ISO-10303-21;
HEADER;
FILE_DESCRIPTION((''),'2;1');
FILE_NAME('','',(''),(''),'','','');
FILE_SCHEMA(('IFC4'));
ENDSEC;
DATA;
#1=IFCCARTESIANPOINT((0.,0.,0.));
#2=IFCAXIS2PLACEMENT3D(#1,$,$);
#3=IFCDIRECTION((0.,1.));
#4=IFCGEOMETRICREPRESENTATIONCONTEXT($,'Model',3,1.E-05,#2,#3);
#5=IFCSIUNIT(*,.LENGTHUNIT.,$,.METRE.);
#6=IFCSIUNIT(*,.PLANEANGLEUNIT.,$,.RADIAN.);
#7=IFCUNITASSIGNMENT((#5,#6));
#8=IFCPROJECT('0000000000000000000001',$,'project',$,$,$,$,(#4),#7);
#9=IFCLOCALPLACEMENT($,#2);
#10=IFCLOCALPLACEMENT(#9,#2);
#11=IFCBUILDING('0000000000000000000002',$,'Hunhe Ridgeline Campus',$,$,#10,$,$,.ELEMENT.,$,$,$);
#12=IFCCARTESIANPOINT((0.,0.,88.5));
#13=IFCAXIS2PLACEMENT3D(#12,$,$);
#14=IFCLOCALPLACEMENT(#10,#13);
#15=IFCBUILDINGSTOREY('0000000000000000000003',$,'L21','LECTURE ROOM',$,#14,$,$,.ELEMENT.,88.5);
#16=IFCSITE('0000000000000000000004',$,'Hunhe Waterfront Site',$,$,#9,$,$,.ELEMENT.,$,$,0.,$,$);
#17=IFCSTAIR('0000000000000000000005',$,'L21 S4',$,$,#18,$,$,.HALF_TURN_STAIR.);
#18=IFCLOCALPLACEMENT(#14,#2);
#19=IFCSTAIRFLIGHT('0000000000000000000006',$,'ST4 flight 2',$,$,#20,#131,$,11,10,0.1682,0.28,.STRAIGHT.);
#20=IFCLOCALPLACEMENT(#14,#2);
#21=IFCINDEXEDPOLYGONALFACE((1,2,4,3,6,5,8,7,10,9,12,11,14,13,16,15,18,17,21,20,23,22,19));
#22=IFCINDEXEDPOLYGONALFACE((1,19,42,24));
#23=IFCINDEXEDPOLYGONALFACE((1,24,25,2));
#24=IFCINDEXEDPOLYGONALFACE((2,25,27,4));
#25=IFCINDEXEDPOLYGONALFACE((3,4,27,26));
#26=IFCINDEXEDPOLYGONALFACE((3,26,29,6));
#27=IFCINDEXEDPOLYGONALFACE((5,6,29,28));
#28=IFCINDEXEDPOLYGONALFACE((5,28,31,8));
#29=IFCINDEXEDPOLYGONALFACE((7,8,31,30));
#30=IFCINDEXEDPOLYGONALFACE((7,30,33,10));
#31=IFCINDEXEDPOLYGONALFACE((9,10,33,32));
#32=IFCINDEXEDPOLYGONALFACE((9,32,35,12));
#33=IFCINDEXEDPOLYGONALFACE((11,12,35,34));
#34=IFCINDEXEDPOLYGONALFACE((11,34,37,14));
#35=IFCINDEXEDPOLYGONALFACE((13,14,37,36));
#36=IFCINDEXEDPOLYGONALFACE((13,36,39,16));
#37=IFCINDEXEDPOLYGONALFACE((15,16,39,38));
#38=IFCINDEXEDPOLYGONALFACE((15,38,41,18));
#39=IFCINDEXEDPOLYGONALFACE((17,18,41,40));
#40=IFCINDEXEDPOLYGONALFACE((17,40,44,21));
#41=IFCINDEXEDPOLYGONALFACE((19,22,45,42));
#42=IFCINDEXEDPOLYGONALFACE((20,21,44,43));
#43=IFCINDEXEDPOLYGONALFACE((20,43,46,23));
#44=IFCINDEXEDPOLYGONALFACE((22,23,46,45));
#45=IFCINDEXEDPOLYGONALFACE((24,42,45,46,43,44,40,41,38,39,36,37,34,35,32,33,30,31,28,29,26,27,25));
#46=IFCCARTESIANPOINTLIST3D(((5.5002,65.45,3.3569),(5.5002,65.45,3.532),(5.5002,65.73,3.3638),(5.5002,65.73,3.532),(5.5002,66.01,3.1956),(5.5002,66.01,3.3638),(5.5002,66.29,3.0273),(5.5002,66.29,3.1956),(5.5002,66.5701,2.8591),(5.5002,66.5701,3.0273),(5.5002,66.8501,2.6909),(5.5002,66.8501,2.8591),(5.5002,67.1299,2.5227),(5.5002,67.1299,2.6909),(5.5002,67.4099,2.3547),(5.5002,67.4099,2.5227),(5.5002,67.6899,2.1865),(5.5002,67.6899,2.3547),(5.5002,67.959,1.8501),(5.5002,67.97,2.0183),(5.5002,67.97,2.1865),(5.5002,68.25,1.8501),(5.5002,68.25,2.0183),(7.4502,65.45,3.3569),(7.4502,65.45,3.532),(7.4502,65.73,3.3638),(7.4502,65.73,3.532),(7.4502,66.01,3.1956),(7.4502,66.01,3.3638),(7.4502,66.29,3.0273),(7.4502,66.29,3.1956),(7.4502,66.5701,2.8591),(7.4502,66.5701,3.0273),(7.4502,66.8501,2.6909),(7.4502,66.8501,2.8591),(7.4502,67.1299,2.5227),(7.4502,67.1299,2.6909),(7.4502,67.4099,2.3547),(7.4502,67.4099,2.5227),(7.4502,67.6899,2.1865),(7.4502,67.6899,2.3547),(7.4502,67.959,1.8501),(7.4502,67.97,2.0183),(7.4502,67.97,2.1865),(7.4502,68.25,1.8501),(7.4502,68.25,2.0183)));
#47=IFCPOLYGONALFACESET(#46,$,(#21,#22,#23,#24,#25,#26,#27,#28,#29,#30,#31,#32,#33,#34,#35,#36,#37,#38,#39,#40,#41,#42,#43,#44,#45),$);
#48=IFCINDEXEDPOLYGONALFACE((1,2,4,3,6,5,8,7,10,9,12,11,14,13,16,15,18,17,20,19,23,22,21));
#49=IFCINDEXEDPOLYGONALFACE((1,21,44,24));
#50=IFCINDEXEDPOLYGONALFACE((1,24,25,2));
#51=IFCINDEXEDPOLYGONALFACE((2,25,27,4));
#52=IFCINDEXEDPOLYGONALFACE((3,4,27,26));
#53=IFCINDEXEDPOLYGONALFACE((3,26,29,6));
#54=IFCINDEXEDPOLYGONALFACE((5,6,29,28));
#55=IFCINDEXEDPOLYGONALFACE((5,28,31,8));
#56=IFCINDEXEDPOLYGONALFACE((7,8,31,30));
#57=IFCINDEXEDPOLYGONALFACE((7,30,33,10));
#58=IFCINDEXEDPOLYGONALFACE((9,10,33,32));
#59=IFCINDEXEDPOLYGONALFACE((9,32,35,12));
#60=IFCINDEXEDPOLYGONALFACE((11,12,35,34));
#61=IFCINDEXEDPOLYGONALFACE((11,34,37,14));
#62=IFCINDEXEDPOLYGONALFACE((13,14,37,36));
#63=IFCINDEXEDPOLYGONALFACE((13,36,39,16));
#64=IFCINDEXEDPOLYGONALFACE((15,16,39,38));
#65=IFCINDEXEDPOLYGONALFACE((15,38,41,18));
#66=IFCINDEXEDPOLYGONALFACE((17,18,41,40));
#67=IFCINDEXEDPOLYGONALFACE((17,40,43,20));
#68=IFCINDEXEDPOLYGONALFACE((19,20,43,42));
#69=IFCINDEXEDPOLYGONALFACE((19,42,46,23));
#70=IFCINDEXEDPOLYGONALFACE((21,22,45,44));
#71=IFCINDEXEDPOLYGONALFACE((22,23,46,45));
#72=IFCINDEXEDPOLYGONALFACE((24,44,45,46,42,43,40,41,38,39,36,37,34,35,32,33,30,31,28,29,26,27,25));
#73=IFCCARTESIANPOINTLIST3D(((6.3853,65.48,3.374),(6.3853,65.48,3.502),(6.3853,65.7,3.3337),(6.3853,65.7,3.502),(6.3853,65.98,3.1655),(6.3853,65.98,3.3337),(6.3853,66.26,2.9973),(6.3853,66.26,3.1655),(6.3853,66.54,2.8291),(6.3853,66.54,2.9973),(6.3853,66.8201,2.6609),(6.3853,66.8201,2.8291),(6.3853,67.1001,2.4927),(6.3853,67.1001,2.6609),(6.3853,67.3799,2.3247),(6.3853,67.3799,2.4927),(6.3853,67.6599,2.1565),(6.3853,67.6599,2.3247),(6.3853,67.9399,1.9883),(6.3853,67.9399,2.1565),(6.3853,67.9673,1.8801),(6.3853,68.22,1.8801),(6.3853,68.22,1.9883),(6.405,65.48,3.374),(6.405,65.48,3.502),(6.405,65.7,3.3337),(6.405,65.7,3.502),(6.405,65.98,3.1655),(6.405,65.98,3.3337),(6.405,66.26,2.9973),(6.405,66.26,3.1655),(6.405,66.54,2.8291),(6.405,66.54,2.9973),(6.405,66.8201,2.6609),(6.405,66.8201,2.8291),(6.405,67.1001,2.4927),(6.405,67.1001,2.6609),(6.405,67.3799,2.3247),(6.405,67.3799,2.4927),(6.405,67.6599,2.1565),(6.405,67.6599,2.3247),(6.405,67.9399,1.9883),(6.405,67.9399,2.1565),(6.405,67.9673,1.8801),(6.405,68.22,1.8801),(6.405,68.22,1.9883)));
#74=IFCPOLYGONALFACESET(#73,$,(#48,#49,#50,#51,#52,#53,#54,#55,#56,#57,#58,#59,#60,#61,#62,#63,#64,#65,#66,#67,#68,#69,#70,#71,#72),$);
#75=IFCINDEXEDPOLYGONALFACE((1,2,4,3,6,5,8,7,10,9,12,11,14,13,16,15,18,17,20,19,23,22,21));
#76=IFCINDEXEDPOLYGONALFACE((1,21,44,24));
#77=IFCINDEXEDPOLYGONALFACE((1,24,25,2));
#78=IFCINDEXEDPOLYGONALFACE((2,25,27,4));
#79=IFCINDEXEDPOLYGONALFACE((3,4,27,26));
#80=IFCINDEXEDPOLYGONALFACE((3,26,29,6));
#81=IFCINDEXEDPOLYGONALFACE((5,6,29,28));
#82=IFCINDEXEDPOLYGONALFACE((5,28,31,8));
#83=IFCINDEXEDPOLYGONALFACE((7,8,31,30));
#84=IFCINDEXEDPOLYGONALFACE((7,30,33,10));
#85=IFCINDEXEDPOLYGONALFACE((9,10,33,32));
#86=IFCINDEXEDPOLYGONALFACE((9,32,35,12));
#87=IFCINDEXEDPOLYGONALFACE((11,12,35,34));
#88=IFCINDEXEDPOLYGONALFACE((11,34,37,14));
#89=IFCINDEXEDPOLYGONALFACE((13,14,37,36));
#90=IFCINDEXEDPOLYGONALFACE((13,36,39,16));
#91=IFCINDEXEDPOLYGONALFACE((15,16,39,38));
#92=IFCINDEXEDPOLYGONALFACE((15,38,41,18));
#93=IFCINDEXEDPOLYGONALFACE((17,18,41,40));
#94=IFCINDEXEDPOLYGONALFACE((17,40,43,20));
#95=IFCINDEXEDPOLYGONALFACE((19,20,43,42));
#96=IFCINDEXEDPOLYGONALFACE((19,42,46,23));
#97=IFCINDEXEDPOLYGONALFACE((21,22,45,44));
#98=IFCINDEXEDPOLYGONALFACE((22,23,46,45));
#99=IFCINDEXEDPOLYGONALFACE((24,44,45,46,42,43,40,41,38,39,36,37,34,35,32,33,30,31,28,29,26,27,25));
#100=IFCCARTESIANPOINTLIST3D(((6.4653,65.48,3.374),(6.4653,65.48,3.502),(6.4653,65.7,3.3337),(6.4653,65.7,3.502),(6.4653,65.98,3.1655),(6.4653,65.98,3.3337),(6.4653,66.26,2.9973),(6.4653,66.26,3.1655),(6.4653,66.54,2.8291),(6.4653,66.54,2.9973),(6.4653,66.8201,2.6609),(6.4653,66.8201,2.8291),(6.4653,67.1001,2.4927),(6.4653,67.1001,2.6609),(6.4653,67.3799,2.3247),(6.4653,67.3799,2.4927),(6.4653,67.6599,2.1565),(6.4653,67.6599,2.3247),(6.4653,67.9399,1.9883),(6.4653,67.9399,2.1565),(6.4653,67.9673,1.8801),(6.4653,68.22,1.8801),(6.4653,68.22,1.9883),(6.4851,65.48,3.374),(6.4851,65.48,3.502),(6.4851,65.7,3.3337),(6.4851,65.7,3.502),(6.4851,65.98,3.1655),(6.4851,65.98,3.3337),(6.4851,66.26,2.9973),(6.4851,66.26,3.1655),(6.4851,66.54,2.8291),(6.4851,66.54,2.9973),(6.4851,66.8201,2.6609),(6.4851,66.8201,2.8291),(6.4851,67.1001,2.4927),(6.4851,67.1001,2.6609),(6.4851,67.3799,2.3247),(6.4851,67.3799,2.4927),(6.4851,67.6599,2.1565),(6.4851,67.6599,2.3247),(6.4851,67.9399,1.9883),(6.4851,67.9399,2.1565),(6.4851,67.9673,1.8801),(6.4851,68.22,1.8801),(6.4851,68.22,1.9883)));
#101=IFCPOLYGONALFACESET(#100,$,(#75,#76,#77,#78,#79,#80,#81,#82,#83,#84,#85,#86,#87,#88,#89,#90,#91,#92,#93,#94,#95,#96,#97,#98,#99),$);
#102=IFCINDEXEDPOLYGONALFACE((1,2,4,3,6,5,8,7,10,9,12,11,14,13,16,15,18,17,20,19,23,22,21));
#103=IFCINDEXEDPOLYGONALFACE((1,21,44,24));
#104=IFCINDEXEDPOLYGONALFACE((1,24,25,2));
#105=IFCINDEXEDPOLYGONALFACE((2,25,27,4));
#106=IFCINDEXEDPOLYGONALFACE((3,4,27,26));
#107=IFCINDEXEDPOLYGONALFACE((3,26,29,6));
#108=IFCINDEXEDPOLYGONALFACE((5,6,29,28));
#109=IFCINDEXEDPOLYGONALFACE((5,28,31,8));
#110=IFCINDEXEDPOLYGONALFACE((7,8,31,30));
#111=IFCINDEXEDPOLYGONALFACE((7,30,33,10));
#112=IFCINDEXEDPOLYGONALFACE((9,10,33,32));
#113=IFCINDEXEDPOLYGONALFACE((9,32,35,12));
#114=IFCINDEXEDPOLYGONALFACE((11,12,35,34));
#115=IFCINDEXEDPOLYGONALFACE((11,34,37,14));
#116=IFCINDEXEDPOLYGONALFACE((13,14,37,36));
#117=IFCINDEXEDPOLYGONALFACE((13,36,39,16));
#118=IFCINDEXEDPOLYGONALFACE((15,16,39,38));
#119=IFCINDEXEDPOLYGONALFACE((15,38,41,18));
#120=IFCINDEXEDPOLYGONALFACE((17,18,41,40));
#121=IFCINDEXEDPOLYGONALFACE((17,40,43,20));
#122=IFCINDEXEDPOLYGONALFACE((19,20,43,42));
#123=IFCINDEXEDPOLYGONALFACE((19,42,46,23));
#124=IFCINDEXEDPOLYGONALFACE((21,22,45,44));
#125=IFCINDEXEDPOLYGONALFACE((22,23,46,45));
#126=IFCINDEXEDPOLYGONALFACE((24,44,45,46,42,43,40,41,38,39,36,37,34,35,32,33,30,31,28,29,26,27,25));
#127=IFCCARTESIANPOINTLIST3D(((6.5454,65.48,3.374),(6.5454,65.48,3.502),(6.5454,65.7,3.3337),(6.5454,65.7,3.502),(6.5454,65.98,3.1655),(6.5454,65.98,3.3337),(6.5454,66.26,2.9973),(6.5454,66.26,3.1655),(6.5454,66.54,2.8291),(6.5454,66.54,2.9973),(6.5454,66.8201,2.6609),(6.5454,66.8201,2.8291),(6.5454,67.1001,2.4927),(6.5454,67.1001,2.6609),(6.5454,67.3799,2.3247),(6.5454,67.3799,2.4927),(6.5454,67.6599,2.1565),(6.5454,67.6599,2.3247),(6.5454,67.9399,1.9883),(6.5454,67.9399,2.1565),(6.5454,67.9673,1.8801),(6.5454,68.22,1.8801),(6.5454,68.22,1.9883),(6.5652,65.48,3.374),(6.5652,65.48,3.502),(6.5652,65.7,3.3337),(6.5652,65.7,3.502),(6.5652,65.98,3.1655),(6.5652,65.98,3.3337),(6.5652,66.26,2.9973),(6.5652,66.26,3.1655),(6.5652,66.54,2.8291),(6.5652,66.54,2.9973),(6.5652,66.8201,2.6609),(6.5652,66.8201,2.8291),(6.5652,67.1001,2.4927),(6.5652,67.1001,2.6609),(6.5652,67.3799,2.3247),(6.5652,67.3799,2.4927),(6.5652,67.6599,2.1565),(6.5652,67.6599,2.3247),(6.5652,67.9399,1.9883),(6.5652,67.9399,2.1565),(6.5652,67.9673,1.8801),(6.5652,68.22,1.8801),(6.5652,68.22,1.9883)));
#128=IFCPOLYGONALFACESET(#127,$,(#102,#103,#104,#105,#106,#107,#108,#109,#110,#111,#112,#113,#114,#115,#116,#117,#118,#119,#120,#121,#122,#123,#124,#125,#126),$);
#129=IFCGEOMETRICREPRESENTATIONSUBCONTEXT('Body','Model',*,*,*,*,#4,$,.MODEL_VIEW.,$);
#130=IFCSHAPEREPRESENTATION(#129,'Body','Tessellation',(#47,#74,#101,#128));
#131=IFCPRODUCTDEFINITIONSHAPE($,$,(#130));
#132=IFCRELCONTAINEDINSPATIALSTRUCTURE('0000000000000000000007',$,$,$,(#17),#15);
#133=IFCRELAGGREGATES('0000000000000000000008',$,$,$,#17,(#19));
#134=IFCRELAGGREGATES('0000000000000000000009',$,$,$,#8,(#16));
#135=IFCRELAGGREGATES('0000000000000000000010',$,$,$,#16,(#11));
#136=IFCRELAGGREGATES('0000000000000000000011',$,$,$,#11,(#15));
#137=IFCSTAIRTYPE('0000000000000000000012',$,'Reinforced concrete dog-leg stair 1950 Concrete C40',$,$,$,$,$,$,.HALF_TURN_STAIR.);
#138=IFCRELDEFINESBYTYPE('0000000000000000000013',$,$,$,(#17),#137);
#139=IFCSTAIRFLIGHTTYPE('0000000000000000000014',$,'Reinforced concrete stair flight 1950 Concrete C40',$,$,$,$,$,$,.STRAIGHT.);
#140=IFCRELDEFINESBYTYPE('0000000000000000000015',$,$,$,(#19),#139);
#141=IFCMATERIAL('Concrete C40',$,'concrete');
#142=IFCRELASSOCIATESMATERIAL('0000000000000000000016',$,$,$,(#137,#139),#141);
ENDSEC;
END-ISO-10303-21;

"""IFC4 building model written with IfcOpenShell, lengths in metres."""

from ifc_helpers import new_model, si_unit, direction, frame, origin, place, context, subcontext, project, spatial, polyline, outline, extrude, material, type_object, element, aggregate, save


model = new_model("IFC4")

# Units and contexts
model_context = context("Model", 3, precision=1e-05, world=origin(), true_north=direction((0.0, 1.0)))
body_context = subcontext(model_context, "Body", "Model", "MODEL_VIEW")
ifc_project = project(units=[si_unit("LENGTHUNIT", "METRE"), si_unit("PLANEANGLEUNIT", "RADIAN")], contexts=[model_context])

# Site, building, storey
site_placement = place(None, origin())
site = spatial("IfcSite", under=ifc_project, at=site_placement, Name="Hunhe Waterfront Site", CompositionType="ELEMENT", RefElevation=0.0)
building_placement = place(site_placement, origin())
building = spatial("IfcBuilding", under=site, at=building_placement, Name="Hunhe Ridgeline Campus", CompositionType="ELEMENT")
storey_placement = place(building_placement, frame((0.0, 0.0, 88.5)))
storey = spatial("IfcBuildingStorey", under=building, at=storey_placement, Name="L21", Description="LECTURE ROOM", CompositionType="ELEMENT", Elevation=88.5)

# Shared definitions
ifc_material_1 = material(Name="Concrete C40", Category="concrete")
stair_type = type_object("IfcStairType", Name="Reinforced concrete dog-leg stair 1950 Concrete C40", PredefinedType="HALF_TURN_STAIR", material=ifc_material_1)
stair_flight_type = type_object("IfcStairFlightType", Name="Reinforced concrete stair flight 1950 Concrete C40", PredefinedType="STRAIGHT", material=ifc_material_1)

# Stair, stair flight
stair_1_placement = place(storey_placement, origin())
stair_1 = element("IfcStair", 1, at=stair_1_placement, inside=storey, type_object=stair_type, Name="L21 S4", PredefinedType="HALF_TURN_STAIR")
stair_flight_1_placement = place(storey_placement, frame((6.4751, 68.25, 1.8501), z_axis=(0.0, 0.0, 1.0), x_axis=(0.0, -1.0, 0.0)))
stair_flight_1 = element("IfcStairFlight", 2, at=stair_flight_1_placement, type_object=stair_flight_type, Name="ST4 flight 2", NumberOfRisers=11, NumberOfTreads=10, PredefinedType="STRAIGHT", RiserHeight=0.1682, TreadLength=0.28, context=body_context, shape_type="SweptSolid", body=[
    extrude(outline(polyline([(0.0, 0.0), (0.0, 0.1682), (0.28, 0.1682), (0.28, 0.3364), (0.5601, 0.3364), (0.5601, 0.5046), (0.8401, 0.5046), (0.8401, 0.6726), (1.1201, 0.6726), (1.1201, 0.8408), (1.3999, 0.8408), (1.3999, 1.009), (1.6799, 1.009), (1.6799, 1.1772), (1.96, 1.1772), (1.96, 1.3455), (2.24, 1.3455), (2.24, 1.5137), (2.52, 1.5137), (2.52, 1.6819), (2.8, 1.6819), (2.8, 1.8501), (2.8, 1.5068), (0.291, 0.0), (0.0, 0.0)])), frame((0.0, 0.9751, 0.0), z_axis=(0.0, -1.0, 0.0), x_axis=(1.0, 0.0, 0.0)), (0.0, 0.0, 1.0), 1.95),
    extrude(outline(polyline([(0.03, 0.03), (0.03, 0.1382), (0.3101, 0.1382), (0.3101, 0.3064), (0.5901, 0.3064), (0.5901, 0.4746), (0.8701, 0.4746), (0.8701, 0.6426), (1.1499, 0.6426), (1.1499, 0.8108), (1.4299, 0.8108), (1.4299, 0.979), (1.71, 0.979), (1.71, 1.1472), (1.99, 1.1472), (1.99, 1.3154), (2.27, 1.3154), (2.27, 1.4836), (2.55, 1.4836), (2.55, 1.6519), (2.77, 1.6519), (2.77, 1.5239), (0.2827, 0.03), (0.03, 0.03)])), frame((0.0, -0.0701, 0.0), z_axis=(0.0, -1.0, 0.0), x_axis=(1.0, 0.0, 0.0)), (0.0, 0.0, 1.0), 0.0198),
    extrude(outline(polyline([(0.03, 0.03), (0.03, 0.1382), (0.3101, 0.1382), (0.3101, 0.3064), (0.5901, 0.3064), (0.5901, 0.4746), (0.8701, 0.4746), (0.8701, 0.6426), (1.1499, 0.6426), (1.1499, 0.8108), (1.4299, 0.8108), (1.4299, 0.979), (1.71, 0.979), (1.71, 1.1472), (1.99, 1.1472), (1.99, 1.3154), (2.27, 1.3154), (2.27, 1.4836), (2.55, 1.4836), (2.55, 1.6519), (2.77, 1.6519), (2.77, 1.5239), (0.2827, 0.03), (0.03, 0.03)])), frame((0.0, 0.01, 0.0), z_axis=(0.0, -1.0, 0.0), x_axis=(1.0, 0.0, 0.0)), (0.0, 0.0, 1.0), 0.0198),
    extrude(outline(polyline([(0.03, 0.03), (0.03, 0.1382), (0.3101, 0.1382), (0.3101, 0.3064), (0.5901, 0.3064), (0.5901, 0.4746), (0.8701, 0.4746), (0.8701, 0.6426), (1.1499, 0.6426), (1.1499, 0.8108), (1.4299, 0.8108), (1.4299, 0.979), (1.71, 0.979), (1.71, 1.1472), (1.99, 1.1472), (1.99, 1.3154), (2.27, 1.3154), (2.27, 1.4836), (2.55, 1.4836), (2.55, 1.6519), (2.77, 1.6519), (2.77, 1.5239), (0.2827, 0.03), (0.03, 0.03)])), frame((0.0, 0.0901, 0.0), z_axis=(0.0, -1.0, 0.0), x_axis=(1.0, 0.0, 0.0)), (0.0, 0.0, 1.0), 0.0198),
])
aggregate(stair_1, [stair_flight_1])

save(model, "model.ifc")
